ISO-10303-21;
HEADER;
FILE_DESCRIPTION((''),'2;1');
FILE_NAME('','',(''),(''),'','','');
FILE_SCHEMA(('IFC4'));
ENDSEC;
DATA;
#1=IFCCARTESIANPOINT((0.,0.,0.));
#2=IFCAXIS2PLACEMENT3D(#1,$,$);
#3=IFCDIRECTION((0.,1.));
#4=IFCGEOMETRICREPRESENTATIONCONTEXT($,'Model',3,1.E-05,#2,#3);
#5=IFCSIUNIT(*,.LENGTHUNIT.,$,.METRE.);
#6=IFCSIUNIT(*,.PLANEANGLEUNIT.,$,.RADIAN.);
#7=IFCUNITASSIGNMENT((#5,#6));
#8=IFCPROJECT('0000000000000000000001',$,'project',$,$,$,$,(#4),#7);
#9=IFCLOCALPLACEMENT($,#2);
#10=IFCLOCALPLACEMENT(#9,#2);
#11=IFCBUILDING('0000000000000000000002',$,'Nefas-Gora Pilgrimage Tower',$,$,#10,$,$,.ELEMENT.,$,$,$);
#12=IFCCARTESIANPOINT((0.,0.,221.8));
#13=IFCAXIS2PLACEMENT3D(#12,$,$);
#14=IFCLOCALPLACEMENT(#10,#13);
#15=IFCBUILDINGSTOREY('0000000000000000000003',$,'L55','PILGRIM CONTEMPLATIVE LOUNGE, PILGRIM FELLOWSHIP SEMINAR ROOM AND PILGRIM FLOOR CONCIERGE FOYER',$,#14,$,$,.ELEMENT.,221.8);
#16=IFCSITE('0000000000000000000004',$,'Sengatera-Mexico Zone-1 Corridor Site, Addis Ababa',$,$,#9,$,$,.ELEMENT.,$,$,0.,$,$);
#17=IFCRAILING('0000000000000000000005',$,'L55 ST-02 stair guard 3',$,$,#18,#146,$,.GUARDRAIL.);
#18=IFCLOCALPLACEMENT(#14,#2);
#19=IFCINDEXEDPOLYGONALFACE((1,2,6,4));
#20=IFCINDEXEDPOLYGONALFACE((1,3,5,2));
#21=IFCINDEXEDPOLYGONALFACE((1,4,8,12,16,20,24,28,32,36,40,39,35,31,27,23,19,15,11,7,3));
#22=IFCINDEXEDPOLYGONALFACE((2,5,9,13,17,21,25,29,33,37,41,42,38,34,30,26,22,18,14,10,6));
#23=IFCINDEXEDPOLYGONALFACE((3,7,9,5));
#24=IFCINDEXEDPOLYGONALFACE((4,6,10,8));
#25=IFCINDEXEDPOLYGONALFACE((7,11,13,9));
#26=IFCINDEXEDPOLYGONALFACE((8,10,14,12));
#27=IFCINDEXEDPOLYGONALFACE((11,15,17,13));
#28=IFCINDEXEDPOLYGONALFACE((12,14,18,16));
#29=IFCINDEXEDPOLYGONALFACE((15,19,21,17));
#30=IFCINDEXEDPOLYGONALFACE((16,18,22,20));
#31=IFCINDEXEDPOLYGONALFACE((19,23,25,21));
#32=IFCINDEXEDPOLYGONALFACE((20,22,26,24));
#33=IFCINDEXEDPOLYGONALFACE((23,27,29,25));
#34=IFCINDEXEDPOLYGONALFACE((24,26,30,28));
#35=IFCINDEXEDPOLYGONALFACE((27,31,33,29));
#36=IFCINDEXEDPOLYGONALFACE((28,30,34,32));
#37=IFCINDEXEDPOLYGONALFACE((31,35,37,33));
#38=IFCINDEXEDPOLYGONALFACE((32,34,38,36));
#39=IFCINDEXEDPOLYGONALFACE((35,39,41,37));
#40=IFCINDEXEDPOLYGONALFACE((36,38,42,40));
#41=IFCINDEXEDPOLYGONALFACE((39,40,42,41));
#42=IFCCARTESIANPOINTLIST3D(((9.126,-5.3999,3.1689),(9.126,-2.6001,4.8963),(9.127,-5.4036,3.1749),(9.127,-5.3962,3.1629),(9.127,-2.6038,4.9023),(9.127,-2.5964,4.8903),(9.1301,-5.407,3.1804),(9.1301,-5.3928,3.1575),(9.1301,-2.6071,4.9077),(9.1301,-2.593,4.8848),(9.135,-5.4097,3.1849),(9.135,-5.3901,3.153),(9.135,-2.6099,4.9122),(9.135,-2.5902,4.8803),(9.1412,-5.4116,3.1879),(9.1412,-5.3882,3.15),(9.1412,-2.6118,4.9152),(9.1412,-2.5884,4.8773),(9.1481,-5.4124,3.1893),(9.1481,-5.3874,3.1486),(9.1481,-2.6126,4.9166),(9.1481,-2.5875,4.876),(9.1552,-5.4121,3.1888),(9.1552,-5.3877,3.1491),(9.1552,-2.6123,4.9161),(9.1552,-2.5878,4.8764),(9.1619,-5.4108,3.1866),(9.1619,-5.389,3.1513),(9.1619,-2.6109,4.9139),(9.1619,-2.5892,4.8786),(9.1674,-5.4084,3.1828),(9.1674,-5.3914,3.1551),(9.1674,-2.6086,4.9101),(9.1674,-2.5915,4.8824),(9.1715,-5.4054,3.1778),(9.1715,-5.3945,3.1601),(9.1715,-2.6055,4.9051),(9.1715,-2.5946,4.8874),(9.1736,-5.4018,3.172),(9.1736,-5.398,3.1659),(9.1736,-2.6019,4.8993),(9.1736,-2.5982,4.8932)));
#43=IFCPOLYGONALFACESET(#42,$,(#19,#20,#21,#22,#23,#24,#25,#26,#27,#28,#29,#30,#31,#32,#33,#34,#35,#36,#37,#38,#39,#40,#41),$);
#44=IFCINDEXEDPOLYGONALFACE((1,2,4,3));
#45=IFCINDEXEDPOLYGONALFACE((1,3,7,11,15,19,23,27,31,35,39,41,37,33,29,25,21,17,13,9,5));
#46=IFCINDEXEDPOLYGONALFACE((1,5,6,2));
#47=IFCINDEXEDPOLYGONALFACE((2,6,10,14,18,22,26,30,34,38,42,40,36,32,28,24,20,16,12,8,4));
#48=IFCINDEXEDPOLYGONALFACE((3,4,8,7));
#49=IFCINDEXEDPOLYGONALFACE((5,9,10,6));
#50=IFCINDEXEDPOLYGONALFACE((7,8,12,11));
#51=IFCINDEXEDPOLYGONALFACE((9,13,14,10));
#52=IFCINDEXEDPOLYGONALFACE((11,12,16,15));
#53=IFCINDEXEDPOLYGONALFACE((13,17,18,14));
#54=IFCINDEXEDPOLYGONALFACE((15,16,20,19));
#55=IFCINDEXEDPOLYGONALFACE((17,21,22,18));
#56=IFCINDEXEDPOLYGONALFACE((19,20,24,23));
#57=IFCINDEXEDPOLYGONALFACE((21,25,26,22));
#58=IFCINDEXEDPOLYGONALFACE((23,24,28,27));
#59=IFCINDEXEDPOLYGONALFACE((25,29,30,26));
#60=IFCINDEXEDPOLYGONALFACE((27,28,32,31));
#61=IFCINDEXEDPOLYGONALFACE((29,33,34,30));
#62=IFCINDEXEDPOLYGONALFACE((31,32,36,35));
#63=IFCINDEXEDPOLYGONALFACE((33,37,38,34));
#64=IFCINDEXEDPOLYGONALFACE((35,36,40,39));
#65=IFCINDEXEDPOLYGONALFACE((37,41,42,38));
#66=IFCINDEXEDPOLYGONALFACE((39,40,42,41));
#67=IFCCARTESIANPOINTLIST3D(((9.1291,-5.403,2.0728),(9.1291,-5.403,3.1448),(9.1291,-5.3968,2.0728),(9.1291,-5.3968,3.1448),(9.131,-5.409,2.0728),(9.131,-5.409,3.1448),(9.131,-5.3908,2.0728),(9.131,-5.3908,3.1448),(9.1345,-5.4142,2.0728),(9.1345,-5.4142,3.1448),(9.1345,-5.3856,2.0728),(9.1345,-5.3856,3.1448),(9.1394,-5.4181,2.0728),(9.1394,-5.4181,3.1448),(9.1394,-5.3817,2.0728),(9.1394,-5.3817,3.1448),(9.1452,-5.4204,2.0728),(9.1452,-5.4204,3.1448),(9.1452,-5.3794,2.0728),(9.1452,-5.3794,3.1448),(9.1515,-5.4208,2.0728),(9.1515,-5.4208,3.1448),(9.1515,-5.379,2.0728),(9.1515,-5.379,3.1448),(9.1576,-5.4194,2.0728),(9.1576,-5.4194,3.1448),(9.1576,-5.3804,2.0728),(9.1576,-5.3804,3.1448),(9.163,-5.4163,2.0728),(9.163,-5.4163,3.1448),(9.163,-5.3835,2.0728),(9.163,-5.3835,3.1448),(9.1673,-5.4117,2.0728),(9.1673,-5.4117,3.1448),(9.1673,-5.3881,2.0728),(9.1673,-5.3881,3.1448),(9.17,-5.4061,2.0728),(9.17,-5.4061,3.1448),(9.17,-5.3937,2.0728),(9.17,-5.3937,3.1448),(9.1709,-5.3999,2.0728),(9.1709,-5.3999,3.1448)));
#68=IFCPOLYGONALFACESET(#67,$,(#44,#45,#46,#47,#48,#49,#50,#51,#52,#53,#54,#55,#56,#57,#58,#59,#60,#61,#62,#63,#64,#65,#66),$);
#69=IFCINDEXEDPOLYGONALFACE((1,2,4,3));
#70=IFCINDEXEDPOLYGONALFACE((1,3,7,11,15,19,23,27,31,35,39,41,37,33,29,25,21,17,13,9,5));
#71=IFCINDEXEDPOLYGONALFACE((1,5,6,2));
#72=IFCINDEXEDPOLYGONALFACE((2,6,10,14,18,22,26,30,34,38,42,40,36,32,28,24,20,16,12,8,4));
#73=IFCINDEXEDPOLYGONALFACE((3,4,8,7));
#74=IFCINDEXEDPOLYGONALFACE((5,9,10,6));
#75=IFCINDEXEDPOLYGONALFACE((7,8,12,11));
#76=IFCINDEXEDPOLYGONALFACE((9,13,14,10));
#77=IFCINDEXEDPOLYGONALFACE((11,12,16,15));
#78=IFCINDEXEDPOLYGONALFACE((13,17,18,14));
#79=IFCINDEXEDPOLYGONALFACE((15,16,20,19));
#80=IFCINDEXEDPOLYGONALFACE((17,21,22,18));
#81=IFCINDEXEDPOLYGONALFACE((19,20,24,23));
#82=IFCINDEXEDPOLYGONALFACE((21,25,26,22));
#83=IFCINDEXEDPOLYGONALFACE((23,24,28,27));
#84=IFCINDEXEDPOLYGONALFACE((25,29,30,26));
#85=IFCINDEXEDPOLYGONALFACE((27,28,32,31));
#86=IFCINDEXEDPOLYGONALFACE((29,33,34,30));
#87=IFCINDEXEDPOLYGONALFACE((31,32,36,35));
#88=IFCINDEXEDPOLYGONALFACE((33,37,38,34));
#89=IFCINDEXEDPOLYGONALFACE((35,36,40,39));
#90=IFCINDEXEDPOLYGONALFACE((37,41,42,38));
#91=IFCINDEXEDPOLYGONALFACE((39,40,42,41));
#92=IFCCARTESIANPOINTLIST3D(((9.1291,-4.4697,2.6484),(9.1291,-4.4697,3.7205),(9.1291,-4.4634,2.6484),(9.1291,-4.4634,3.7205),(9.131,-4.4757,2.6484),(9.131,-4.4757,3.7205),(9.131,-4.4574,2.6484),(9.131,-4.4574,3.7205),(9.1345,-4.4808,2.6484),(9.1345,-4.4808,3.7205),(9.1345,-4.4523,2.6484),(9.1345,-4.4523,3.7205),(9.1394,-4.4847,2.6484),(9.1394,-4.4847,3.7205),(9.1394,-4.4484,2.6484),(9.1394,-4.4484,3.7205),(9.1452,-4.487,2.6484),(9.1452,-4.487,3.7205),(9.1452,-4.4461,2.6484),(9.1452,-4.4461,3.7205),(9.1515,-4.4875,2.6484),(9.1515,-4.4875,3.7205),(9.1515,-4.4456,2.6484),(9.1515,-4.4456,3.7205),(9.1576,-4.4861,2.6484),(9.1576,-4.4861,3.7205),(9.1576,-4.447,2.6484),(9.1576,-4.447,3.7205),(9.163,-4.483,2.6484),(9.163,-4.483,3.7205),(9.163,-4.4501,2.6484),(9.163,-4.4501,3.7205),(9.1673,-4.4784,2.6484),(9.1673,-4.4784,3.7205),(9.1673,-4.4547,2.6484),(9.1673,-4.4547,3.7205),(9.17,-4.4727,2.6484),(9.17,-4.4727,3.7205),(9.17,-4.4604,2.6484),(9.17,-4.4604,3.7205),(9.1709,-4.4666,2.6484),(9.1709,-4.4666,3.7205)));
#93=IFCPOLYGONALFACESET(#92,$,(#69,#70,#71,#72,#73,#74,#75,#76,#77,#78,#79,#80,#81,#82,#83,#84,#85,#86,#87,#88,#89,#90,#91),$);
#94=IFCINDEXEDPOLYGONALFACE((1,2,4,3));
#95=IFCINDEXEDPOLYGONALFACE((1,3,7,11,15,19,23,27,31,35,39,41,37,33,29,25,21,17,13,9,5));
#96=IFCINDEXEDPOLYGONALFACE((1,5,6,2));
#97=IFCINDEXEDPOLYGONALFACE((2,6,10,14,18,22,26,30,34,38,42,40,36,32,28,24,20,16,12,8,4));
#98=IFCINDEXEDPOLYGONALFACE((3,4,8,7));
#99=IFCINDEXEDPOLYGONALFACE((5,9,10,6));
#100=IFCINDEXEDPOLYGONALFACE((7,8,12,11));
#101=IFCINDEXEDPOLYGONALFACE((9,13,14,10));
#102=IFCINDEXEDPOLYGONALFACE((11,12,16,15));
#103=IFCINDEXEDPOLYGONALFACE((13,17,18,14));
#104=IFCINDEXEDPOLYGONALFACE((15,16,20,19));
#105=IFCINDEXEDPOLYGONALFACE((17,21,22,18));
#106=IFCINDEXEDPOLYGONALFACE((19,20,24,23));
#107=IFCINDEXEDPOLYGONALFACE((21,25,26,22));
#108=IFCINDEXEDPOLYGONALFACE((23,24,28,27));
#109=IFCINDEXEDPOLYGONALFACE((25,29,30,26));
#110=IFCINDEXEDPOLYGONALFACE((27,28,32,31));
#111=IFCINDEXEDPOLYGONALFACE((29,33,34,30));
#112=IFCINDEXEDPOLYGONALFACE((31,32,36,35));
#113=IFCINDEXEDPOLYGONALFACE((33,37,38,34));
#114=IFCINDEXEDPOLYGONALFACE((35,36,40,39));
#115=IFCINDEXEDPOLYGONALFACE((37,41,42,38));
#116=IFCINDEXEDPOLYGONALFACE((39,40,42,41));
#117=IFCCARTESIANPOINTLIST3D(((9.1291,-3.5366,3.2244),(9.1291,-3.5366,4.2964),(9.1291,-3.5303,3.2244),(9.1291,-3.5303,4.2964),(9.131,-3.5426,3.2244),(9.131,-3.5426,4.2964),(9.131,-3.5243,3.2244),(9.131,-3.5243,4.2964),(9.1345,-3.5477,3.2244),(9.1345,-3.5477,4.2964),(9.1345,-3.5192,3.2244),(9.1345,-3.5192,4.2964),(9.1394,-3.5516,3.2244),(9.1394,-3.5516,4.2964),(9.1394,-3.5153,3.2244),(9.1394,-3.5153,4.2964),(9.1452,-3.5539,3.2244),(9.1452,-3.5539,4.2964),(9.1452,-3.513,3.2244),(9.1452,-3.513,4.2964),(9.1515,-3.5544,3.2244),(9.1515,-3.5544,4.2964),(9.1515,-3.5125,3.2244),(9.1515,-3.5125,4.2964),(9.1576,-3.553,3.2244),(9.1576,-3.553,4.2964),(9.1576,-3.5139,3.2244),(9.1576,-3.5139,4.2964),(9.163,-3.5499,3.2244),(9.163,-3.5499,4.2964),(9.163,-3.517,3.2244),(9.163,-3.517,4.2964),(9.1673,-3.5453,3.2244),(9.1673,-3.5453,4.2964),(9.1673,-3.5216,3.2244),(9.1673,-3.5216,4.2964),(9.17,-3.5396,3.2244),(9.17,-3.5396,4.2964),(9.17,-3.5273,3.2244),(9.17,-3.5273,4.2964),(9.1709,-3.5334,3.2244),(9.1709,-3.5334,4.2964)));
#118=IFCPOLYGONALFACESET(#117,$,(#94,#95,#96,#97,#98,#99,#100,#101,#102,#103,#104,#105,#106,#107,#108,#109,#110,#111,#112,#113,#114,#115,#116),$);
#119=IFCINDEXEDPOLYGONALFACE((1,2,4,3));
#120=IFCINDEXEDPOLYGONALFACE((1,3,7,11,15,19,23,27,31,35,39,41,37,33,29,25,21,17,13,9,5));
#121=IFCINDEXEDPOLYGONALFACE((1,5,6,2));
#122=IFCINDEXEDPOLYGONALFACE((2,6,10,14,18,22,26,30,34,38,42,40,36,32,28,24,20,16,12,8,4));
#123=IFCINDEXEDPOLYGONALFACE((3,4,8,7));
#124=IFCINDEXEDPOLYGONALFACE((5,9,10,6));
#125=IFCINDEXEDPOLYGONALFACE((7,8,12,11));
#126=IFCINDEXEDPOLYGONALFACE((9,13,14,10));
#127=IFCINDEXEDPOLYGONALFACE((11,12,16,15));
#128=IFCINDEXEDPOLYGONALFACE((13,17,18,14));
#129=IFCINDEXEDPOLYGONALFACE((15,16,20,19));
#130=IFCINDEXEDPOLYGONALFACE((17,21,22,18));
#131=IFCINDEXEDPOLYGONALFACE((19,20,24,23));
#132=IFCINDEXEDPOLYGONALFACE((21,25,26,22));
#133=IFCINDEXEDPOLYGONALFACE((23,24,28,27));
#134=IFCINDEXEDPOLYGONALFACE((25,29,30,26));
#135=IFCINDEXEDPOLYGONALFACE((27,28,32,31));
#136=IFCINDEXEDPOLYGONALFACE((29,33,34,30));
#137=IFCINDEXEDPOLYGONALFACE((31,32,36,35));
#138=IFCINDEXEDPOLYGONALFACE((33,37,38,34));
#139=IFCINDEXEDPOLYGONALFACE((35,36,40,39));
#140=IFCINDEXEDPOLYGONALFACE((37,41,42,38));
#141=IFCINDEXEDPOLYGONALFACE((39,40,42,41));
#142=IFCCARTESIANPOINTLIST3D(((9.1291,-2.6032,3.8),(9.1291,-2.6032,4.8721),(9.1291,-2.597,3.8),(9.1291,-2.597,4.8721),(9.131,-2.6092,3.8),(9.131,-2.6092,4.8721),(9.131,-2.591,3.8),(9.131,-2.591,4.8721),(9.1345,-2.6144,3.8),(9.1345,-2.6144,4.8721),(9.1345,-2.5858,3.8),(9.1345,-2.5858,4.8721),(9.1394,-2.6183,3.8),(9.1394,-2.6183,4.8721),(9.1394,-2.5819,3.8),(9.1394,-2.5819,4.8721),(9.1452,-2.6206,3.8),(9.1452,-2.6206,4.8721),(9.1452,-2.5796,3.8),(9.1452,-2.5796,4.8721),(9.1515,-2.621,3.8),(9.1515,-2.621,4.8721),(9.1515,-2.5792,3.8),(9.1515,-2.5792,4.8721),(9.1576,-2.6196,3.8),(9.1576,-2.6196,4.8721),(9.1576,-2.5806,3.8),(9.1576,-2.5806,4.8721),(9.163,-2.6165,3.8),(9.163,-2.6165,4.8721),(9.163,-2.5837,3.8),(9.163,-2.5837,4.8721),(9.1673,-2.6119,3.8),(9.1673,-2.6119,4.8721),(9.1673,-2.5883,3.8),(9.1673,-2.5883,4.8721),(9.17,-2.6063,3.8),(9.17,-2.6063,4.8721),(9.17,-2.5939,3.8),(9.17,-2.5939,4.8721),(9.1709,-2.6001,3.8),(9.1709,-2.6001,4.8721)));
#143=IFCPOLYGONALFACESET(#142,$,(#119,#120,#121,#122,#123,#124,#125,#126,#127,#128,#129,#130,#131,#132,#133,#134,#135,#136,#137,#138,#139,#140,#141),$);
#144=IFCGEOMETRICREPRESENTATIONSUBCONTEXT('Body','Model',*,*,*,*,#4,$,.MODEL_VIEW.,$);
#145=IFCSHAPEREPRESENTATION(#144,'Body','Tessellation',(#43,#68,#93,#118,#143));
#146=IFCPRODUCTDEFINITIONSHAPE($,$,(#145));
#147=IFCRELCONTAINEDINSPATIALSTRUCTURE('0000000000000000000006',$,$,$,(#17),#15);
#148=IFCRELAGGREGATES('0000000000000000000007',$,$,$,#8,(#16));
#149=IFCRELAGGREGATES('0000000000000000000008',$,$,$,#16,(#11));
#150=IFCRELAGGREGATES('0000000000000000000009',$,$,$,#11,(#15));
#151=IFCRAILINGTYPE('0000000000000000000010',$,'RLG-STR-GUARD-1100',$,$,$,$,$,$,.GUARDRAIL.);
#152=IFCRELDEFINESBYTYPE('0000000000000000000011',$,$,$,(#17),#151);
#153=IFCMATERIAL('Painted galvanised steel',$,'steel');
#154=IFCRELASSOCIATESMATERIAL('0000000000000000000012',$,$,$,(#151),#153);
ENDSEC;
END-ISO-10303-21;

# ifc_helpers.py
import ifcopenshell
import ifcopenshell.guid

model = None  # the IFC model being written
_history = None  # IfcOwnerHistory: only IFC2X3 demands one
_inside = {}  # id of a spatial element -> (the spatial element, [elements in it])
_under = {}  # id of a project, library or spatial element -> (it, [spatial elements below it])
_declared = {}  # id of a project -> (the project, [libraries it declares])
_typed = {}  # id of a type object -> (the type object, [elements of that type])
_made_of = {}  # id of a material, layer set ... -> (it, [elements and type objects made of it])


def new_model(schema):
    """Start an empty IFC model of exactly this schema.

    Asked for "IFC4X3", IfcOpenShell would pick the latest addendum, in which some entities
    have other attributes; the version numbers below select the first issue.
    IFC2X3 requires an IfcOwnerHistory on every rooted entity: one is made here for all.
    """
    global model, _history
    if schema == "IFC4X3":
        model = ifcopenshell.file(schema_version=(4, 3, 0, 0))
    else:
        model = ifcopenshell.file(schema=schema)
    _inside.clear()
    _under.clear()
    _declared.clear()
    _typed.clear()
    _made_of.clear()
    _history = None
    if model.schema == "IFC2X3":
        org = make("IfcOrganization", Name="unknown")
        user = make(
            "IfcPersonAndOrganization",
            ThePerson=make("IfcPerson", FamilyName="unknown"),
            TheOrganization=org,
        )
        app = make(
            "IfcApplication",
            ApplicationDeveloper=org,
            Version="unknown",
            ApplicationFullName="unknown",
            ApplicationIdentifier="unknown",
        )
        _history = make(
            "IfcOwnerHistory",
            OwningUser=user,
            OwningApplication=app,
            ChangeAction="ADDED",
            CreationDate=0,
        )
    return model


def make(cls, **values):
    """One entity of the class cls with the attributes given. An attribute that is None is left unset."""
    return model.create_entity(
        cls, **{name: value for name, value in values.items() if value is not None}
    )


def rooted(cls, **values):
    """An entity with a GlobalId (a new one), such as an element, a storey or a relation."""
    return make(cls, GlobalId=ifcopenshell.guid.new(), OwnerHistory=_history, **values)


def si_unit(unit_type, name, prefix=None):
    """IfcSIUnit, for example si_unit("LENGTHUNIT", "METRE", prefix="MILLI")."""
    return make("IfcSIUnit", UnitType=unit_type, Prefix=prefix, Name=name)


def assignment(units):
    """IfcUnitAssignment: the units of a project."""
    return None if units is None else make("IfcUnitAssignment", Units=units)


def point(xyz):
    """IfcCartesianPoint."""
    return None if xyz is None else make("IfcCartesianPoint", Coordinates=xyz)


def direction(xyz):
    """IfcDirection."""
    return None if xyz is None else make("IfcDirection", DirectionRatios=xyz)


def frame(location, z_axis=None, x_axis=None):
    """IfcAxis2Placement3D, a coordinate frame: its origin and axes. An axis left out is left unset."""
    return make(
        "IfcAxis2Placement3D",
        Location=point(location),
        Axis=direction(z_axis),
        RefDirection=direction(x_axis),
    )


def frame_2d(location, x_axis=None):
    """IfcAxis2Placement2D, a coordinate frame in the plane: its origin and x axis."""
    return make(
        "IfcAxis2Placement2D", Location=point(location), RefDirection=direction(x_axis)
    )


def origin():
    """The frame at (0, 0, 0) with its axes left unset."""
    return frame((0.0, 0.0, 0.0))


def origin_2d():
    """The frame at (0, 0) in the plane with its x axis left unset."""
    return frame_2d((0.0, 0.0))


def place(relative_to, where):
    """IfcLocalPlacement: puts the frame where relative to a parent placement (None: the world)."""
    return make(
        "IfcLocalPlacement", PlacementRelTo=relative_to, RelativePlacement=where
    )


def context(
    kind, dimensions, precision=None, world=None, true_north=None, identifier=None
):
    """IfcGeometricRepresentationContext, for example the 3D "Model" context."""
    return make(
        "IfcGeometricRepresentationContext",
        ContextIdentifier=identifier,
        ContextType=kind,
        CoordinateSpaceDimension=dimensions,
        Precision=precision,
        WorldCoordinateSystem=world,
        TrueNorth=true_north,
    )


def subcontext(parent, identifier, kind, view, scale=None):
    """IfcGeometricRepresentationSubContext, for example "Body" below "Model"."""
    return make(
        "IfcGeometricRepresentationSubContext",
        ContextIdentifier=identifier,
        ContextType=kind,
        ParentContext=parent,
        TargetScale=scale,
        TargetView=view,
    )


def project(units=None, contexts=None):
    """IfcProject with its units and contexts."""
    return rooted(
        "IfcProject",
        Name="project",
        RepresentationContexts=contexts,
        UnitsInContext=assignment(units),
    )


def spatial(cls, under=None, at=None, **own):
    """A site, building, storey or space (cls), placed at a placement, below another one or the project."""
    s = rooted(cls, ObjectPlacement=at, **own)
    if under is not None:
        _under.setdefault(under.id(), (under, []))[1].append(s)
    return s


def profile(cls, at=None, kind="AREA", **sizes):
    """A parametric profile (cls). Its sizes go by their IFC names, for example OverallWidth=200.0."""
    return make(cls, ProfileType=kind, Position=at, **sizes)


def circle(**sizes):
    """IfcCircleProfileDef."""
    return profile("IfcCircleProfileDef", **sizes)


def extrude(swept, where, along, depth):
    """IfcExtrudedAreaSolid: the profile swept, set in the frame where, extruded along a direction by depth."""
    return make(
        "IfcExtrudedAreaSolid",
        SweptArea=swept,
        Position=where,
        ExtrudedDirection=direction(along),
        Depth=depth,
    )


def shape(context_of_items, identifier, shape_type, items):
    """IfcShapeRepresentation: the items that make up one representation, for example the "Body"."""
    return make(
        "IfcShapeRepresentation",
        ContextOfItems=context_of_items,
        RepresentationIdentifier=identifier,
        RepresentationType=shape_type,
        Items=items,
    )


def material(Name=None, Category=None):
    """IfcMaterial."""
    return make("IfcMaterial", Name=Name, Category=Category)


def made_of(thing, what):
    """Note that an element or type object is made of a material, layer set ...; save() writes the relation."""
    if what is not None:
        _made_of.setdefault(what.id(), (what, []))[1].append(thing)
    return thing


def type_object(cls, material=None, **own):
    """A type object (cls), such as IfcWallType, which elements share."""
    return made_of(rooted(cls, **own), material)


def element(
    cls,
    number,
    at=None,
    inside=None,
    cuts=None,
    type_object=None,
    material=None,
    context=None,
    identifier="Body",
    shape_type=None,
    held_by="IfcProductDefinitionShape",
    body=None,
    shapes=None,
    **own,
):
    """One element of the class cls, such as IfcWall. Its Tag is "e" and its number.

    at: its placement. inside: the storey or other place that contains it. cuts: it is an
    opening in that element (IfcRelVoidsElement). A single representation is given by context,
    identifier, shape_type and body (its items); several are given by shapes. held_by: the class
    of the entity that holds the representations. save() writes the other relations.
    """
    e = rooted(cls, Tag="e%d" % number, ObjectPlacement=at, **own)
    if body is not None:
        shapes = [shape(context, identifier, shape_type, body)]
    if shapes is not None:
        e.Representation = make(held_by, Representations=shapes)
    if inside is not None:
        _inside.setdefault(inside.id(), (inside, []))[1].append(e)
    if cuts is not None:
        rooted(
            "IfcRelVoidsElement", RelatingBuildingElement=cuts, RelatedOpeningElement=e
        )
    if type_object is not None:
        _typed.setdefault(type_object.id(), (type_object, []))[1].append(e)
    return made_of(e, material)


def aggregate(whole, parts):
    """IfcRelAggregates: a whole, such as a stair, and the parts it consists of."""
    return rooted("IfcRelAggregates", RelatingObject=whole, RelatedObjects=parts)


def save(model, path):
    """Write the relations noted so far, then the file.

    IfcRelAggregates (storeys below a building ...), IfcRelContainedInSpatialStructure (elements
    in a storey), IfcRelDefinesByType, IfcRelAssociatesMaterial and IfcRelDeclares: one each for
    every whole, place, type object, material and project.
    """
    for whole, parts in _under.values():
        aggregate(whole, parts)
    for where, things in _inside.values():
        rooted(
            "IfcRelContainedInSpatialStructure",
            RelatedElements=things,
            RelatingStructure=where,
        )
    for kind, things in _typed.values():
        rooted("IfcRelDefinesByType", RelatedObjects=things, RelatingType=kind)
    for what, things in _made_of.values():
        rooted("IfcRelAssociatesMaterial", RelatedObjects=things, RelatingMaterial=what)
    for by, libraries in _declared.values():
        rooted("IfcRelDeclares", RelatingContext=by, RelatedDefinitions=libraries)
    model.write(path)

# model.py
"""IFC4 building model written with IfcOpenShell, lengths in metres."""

from ifc_helpers import new_model, si_unit, direction, frame, origin, origin_2d, place, context, subcontext, project, spatial, circle, extrude, material, type_object, element, save


model = new_model("IFC4")

# Units and contexts
model_context = context("Model", 3, precision=1e-05, world=origin(), true_north=direction((0.0, 1.0)))
body_context = subcontext(model_context, "Body", "Model", "MODEL_VIEW")
ifc_project = project(units=[si_unit("LENGTHUNIT", "METRE"), si_unit("PLANEANGLEUNIT", "RADIAN")], contexts=[model_context])

# Site, building, storey
site_placement = place(None, origin())
site = spatial("IfcSite", under=ifc_project, at=site_placement, Name="Sengatera-Mexico Zone-1 Corridor Site, Addis Ababa", CompositionType="ELEMENT", RefElevation=0.0)
building_placement = place(site_placement, origin())
building = spatial("IfcBuilding", under=site, at=building_placement, Name="Nefas-Gora Pilgrimage Tower", CompositionType="ELEMENT")
storey_placement = place(building_placement, frame((0.0, 0.0, 221.8)))
storey = spatial("IfcBuildingStorey", under=building, at=storey_placement, Name="L55", Description="PILGRIM CONTEMPLATIVE LOUNGE, PILGRIM FELLOWSHIP SEMINAR ROOM AND PILGRIM FLOOR CONCIERGE FOYER", CompositionType="ELEMENT", Elevation=221.8)

# Railing
ifc_material_1 = material(Name="Painted galvanised steel", Category="steel")
railing_type_1 = type_object("IfcRailingType", Name="RLG-STR-GUARD-1100", PredefinedType="GUARDRAIL", material=ifc_material_1)
railing_1_placement = place(storey_placement, frame((9.1499, -5.3999, 2.0728)))
element("IfcRailing", 1, at=railing_1_placement, inside=storey, type_object=railing_type_1, Name="L55 ST-02 stair guard 3", PredefinedType="GUARDRAIL", context=body_context, shape_type="SweptSolid", body=[
    extrude(circle(Radius=0.0239, at=origin_2d()), frame((0.0, 0.0, 1.0962), z_axis=(0.0, 0.851069, 0.525054), x_axis=(-1.0, 0.0, 0.0)), (0.0, 0.0, 1.0), 3.2898),
    extrude(circle(Radius=0.021, at=origin_2d()), origin(), (0.0, 0.0, 1.0), 1.072),
    extrude(circle(Radius=0.021, at=origin_2d()), frame((0.0, 0.9333, 0.5757)), (0.0, 0.0, 1.0), 1.072),
    extrude(circle(Radius=0.021, at=origin_2d()), frame((0.0, 1.8665, 1.1516)), (0.0, 0.0, 1.0), 1.072),
    extrude(circle(Radius=0.021, at=origin_2d()), frame((0.0, 2.7998, 1.7273)), (0.0, 0.0, 1.0), 1.072),
])

save(model, "model.ifc")
